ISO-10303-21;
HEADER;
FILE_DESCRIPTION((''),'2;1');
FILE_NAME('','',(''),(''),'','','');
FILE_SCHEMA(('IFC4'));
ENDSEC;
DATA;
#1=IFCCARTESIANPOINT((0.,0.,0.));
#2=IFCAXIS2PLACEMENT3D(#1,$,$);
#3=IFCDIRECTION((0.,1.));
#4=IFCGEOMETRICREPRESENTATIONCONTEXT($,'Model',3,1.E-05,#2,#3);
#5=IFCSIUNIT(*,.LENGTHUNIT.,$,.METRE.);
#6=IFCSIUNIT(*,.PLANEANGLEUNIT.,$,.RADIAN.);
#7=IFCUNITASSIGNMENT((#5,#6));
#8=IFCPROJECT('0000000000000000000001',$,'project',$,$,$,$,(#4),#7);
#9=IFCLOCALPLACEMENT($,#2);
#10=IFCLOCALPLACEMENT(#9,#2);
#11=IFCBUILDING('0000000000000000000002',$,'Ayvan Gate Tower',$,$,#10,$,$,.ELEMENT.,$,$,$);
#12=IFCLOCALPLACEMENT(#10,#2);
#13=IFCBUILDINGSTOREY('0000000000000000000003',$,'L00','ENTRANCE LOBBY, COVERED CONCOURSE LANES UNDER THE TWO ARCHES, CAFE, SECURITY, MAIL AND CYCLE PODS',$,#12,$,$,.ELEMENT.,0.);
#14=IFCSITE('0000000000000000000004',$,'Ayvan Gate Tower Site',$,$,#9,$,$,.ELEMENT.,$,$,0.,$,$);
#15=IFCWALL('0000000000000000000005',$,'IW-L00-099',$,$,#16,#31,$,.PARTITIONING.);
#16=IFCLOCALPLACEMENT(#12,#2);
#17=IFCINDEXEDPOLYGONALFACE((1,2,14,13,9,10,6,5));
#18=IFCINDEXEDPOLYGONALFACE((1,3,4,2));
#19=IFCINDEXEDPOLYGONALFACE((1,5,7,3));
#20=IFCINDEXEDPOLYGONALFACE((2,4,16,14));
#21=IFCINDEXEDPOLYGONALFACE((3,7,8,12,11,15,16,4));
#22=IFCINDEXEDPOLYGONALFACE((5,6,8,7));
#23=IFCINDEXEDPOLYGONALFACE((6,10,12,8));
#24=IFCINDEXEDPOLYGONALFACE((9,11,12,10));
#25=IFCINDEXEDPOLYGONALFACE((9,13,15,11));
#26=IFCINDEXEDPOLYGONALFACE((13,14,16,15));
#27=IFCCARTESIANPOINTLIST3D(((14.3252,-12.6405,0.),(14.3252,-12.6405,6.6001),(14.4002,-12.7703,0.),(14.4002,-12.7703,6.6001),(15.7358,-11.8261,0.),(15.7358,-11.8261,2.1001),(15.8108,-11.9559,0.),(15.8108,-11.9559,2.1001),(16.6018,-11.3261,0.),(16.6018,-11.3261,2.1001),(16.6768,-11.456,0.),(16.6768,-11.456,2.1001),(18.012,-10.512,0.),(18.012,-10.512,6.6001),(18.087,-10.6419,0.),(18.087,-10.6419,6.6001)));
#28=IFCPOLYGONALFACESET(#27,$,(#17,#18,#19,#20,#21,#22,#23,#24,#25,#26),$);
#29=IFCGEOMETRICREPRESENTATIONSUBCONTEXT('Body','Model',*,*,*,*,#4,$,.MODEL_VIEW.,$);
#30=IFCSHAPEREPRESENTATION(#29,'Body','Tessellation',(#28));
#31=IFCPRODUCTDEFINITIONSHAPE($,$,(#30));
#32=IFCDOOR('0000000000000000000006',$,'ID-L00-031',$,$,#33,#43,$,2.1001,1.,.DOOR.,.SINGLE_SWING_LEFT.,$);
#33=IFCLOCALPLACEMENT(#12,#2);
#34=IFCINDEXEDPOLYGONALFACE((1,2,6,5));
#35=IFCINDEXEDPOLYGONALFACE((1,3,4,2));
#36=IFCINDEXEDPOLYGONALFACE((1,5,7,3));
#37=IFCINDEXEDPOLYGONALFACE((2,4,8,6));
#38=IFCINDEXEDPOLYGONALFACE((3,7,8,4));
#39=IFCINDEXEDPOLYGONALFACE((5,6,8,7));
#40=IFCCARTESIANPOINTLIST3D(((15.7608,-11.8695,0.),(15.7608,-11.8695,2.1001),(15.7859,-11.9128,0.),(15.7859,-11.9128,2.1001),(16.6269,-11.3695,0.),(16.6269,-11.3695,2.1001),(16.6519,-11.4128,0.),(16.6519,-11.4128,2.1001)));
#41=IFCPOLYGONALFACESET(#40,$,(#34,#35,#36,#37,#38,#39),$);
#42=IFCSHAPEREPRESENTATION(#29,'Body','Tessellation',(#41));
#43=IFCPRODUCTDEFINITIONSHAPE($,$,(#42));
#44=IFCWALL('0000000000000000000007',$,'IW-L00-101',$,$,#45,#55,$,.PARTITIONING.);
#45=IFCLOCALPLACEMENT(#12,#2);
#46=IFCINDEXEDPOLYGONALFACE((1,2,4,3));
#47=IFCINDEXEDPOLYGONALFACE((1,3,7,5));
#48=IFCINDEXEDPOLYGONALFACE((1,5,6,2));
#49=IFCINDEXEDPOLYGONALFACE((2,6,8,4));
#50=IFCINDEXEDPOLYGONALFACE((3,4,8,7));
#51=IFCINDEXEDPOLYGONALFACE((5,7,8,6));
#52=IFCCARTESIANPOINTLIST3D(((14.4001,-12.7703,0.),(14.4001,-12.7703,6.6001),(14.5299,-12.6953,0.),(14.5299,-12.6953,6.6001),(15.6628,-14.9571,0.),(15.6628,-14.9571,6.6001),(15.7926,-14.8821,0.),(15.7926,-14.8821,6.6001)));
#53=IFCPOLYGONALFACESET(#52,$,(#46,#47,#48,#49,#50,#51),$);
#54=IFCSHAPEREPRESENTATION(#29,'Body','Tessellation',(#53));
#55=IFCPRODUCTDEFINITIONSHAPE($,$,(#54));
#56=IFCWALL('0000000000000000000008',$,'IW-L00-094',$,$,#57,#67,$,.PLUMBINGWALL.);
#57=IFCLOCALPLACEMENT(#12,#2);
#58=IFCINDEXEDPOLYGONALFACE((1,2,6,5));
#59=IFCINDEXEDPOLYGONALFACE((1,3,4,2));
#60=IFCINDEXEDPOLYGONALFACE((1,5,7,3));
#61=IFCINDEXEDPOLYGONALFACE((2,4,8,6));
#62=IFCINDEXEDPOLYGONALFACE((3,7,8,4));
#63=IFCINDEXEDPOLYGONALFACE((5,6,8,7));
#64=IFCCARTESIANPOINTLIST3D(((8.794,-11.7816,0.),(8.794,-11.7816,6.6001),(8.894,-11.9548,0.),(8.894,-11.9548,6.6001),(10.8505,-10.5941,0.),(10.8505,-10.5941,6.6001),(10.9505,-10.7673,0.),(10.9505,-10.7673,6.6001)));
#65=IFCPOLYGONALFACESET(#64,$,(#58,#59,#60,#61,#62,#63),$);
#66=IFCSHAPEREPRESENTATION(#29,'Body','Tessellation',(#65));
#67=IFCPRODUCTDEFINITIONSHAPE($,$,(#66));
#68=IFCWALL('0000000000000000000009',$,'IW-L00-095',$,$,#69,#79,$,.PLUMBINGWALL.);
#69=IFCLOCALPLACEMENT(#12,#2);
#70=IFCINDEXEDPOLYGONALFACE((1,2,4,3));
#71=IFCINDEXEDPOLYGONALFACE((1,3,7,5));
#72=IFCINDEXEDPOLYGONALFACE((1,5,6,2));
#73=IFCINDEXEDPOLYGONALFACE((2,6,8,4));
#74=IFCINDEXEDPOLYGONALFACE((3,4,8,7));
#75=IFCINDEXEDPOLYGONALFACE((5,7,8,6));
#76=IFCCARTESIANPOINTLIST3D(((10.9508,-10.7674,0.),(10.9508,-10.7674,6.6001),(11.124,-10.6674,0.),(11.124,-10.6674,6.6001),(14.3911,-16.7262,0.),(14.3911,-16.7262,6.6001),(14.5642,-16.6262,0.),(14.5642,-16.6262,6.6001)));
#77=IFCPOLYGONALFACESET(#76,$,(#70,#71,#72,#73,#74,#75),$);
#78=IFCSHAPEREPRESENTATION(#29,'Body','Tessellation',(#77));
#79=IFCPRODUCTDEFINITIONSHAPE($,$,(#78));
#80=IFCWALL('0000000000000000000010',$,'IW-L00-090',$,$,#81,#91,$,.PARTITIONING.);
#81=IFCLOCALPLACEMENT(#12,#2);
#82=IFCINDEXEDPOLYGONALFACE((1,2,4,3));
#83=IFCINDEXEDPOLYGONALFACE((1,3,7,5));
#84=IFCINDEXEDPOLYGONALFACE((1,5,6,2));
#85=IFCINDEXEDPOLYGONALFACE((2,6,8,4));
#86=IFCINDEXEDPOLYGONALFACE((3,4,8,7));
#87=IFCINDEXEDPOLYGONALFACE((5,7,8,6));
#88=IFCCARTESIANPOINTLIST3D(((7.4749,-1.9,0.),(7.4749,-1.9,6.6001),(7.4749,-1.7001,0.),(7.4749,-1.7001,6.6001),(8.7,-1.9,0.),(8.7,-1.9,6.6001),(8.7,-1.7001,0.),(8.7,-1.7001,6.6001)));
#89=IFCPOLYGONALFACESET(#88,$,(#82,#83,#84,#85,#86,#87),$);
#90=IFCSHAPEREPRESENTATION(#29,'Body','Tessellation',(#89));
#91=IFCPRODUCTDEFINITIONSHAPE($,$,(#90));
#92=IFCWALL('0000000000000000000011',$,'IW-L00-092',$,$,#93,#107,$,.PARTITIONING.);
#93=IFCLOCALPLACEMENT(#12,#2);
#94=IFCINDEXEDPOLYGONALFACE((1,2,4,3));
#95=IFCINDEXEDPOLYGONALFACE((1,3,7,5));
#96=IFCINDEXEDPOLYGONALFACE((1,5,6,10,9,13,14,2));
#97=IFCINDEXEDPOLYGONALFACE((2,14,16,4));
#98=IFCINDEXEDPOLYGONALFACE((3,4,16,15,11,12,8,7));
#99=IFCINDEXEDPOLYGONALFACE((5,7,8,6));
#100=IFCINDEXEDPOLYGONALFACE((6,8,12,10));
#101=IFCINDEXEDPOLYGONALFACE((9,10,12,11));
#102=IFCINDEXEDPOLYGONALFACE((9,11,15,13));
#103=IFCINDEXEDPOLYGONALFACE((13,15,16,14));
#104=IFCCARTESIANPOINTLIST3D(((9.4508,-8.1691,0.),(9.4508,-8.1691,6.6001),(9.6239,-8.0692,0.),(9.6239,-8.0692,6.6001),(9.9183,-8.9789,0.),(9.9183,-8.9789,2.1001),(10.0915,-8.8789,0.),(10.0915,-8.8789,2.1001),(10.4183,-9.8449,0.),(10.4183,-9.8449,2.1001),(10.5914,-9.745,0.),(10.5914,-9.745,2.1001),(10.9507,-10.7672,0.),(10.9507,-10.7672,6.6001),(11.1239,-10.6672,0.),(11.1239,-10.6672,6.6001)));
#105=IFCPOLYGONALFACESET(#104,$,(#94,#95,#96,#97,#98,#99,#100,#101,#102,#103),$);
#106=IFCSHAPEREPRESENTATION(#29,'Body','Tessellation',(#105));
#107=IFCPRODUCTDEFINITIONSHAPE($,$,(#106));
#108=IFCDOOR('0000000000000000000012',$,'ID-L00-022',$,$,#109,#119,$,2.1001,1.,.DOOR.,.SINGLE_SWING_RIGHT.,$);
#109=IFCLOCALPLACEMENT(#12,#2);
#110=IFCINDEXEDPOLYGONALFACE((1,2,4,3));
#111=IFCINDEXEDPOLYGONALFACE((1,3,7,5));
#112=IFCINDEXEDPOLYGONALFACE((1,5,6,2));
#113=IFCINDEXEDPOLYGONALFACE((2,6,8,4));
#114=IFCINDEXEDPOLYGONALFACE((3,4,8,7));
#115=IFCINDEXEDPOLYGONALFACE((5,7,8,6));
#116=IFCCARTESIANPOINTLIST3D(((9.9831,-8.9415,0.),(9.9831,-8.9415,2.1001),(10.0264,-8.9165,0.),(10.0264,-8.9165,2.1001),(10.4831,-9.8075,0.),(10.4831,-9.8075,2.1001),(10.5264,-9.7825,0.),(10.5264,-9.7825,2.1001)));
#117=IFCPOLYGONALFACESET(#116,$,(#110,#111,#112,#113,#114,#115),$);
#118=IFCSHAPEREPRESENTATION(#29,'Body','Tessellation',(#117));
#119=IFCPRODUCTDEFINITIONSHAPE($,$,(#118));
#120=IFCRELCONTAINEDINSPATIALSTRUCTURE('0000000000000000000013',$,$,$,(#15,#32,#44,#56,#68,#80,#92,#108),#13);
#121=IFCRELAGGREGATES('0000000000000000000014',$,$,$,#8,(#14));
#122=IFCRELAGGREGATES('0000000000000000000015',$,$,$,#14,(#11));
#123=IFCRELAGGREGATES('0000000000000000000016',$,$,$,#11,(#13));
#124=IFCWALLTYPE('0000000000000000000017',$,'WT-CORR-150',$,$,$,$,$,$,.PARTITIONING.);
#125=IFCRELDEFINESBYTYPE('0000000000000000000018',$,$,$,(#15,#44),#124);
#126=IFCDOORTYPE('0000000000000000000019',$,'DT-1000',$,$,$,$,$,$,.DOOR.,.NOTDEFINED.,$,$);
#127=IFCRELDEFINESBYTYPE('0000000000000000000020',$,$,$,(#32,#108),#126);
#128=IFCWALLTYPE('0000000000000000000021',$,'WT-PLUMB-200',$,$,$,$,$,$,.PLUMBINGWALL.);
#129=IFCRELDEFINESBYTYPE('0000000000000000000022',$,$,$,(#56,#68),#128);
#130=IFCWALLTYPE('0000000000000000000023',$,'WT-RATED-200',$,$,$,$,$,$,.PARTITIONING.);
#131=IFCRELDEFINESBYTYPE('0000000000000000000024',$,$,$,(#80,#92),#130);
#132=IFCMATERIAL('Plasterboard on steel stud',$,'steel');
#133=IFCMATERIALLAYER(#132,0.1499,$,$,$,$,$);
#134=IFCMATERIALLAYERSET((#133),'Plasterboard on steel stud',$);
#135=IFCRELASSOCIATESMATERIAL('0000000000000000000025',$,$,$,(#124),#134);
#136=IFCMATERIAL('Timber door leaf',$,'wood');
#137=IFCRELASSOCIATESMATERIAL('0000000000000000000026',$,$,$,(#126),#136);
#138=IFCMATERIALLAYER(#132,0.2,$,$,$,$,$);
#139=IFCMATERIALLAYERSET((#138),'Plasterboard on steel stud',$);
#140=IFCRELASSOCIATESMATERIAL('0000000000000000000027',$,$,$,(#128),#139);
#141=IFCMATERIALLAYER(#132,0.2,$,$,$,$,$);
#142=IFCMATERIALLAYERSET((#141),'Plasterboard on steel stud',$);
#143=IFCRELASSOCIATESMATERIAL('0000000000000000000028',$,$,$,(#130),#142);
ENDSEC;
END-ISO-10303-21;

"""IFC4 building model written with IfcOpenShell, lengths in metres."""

from ifc_helpers import new_model, si_unit, direction, frame, frame_2d, origin, place, context, subcontext, project, spatial, rectangle, extrude, material, layer, layer_set, type_object, element, fill, save


model = new_model("IFC4")

# Units and contexts
model_context = context("Model", 3, precision=1e-05, world=origin(), true_north=direction((0.0, 1.0)))
body_context = subcontext(model_context, "Body", "Model", "MODEL_VIEW")
ifc_project = project(units=[si_unit("LENGTHUNIT", "METRE"), si_unit("PLANEANGLEUNIT", "RADIAN")], contexts=[model_context])

# Site, building, storey
site_placement = place(None, origin())
site = spatial("IfcSite", under=ifc_project, at=site_placement, Name="Ayvan Gate Tower Site", CompositionType="ELEMENT", RefElevation=0.0)
building_placement = place(site_placement, origin())
building = spatial("IfcBuilding", under=site, at=building_placement, Name="Ayvan Gate Tower", CompositionType="ELEMENT")
storey_placement = place(building_placement, origin())
storey = spatial("IfcBuildingStorey", under=building, at=storey_placement, Name="L00", Description="ENTRANCE LOBBY, COVERED CONCOURSE LANES UNDER THE TWO ARCHES, CAFE, SECURITY, MAIL AND CYCLE PODS", CompositionType="ELEMENT", Elevation=0.0)

# Shared definitions
ifc_material_1 = material(Name="Timber door leaf", Category="wood")

# Wall, opening, door
ifc_material_2 = material(Name="Plasterboard on steel stud", Category="steel")
ifc_layer_1 = layer(ifc_material_2, 0.1499)
ifc_layer_set_1 = layer_set([ifc_layer_1], Name="Plasterboard on steel stud")
wall_type_1 = type_object("IfcWallType", Name="WT-CORR-150", PredefinedType="PARTITIONING", material=ifc_layer_set_1)
wall_1_placement = place(storey_placement, frame((14.3628, -12.7053, 0.0), z_axis=(0.0, 0.0, 1.0), x_axis=(0.866039, 0.499976, 0.0)))
wall_1 = element("IfcWall", 1, at=wall_1_placement, inside=storey, type_object=wall_type_1, Name="IW-L00-099", PredefinedType="PARTITIONING", context=body_context, shape_type="SweptSolid", body=[
    extrude(rectangle(XDim=4.2571, YDim=0.1499, at=frame_2d((2.1284, 0.0))), origin(), (0.0, 0.0, 1.0), 6.6001),
])
opening_1_placement = place(wall_1_placement, frame((1.6287, 0.0, 0.0)))
opening_1 = element("IfcOpeningElement", 2, at=opening_1_placement, cuts=wall_1, PredefinedType="OPENING", context=body_context, shape_type="SweptSolid", body=[
    extrude(rectangle(XDim=1.0, YDim=2.1001, at=frame_2d((0.5, 1.05))), frame((0.0, 0.085, 0.0), z_axis=(0.0, -1.0, 0.0), x_axis=(1.0, 0.0, 0.0)), (0.0, 0.0, 1.0), 0.1699),
])
door_type_1 = type_object("IfcDoorType", Name="DT-1000", OperationType="NOTDEFINED", PredefinedType="DOOR", material=ifc_material_1)
door_1_placement = place(opening_1_placement, origin())
door_1 = element("IfcDoor", 3, at=door_1_placement, inside=storey, type_object=door_type_1, Name="ID-L00-031", OperationType="SINGLE_SWING_LEFT", OverallHeight=2.1001, OverallWidth=1.0, PredefinedType="DOOR", context=body_context, shape_type="SweptSolid", body=[
    extrude(rectangle(XDim=1.0, YDim=2.1001, at=frame_2d((0.5, 1.05))), frame((0.0, 0.0249, 0.0), z_axis=(0.0, -1.0, 0.0), x_axis=(1.0, 0.0, 0.0)), (0.0, 0.0, 1.0), 0.05),
])
fill(opening_1, door_1)

# Walls
wall_2_placement = place(storey_placement, frame((15.7278, -14.9197, 0.0), z_axis=(0.0, 0.0, 1.0), x_axis=(-0.500049, 0.865997, 0.0)))
element("IfcWall", 4, at=wall_2_placement, inside=storey, type_object=wall_type_1, Name="IW-L00-101", PredefinedType="PARTITIONING", context=body_context, shape_type="SweptSolid", body=[
    extrude(rectangle(XDim=2.5251, YDim=0.1499, at=frame_2d((1.2627, 0.0))), origin(), (0.0, 0.0, 1.0), 6.6001),
])
ifc_layer_2 = layer(ifc_material_2, 0.2)
ifc_layer_set_2 = layer_set([ifc_layer_2], Name="Plasterboard on steel stud")
wall_type_2 = type_object("IfcWallType", Name="WT-PLUMB-200", PredefinedType="PLUMBINGWALL", material=ifc_layer_set_2)
wall_3_placement = place(storey_placement, frame((10.9006, -10.6807, 0.0), z_axis=(0.0, 0.0, 1.0), x_axis=(-0.866008, -0.500031, 0.0)))
element("IfcWall", 5, at=wall_3_placement, inside=storey, type_object=wall_type_2, Name="IW-L00-094", PredefinedType="PLUMBINGWALL", context=body_context, shape_type="SweptSolid", body=[
    extrude(rectangle(XDim=2.3748, YDim=0.2, at=frame_2d((1.1875, 0.0))), origin(), (0.0, 0.0, 1.0), 6.6001),
])
wall_4_placement = place(storey_placement, frame((11.0374, -10.7173, 0.0), z_axis=(0.0, 0.0, 1.0), x_axis=(0.49999, -0.866031, 0.0)))
element("IfcWall", 6, at=wall_4_placement, inside=storey, type_object=wall_type_2, Name="IW-L00-095", PredefinedType="PLUMBINGWALL", context=body_context, shape_type="SweptSolid", body=[
    extrude(rectangle(XDim=6.8806, YDim=0.2, at=frame_2d((3.4404, 0.0))), origin(), (0.0, 0.0, 1.0), 6.6001),
])
ifc_layer_3 = layer(ifc_material_2, 0.2)
ifc_layer_set_3 = layer_set([ifc_layer_3], Name="Plasterboard on steel stud")
wall_type_3 = type_object("IfcWallType", Name="WT-RATED-200", PredefinedType="PARTITIONING", material=ifc_layer_set_3)
wall_5_placement = place(storey_placement, frame((8.7, -1.8, 0.0), z_axis=(0.0, 0.0, 1.0), x_axis=(-1.0, 0.0, 0.0)))
element("IfcWall", 7, at=wall_5_placement, inside=storey, type_object=wall_type_3, Name="IW-L00-090", PredefinedType="PARTITIONING", context=body_context, shape_type="SweptSolid", body=[
    extrude(rectangle(XDim=1.2251, YDim=0.2, at=frame_2d((0.6125, 0.0))), origin(), (0.0, 0.0, 1.0), 6.6001),
])

# Wall, opening, door
wall_6_placement = place(storey_placement, frame((9.5374, -8.1191, 0.0), z_axis=(0.0, 0.0, 1.0), x_axis=(0.49999, -0.866031, 0.0)))
wall_6 = element("IfcWall", 8, at=wall_6_placement, inside=storey, type_object=wall_type_3, Name="IW-L00-092", PredefinedType="PARTITIONING", context=body_context, shape_type="SweptSolid", body=[
    extrude(rectangle(XDim=3.0, YDim=0.2, at=frame_2d((1.5, 0.0))), origin(), (0.0, 0.0, 1.0), 6.6001),
])
opening_2_placement = place(wall_6_placement, frame((0.9351, 0.0, 0.0)))
opening_2 = element("IfcOpeningElement", 9, at=opening_2_placement, cuts=wall_6, PredefinedType="OPENING", context=body_context, shape_type="SweptSolid", body=[
    extrude(rectangle(XDim=1.0, YDim=2.1001, at=frame_2d((0.5, 1.05))), frame((0.0, 0.1099, 0.0), z_axis=(0.0, -1.0, 0.0), x_axis=(1.0, 0.0, 0.0)), (0.0, 0.0, 1.0), 0.22),
])
door_2_placement = place(opening_2_placement, origin())
door_2 = element("IfcDoor", 10, at=door_2_placement, inside=storey, type_object=door_type_1, Name="ID-L00-022", OperationType="SINGLE_SWING_RIGHT", OverallHeight=2.1001, OverallWidth=1.0, PredefinedType="DOOR", context=body_context, shape_type="SweptSolid", body=[
    extrude(rectangle(XDim=1.0, YDim=2.1001, at=frame_2d((0.5, 1.05))), frame((0.0, 0.0249, 0.0), z_axis=(0.0, -1.0, 0.0), x_axis=(1.0, 0.0, 0.0)), (0.0, 0.0, 1.0), 0.05),
])
fill(opening_2, door_2)

save(model, "model.ifc")
